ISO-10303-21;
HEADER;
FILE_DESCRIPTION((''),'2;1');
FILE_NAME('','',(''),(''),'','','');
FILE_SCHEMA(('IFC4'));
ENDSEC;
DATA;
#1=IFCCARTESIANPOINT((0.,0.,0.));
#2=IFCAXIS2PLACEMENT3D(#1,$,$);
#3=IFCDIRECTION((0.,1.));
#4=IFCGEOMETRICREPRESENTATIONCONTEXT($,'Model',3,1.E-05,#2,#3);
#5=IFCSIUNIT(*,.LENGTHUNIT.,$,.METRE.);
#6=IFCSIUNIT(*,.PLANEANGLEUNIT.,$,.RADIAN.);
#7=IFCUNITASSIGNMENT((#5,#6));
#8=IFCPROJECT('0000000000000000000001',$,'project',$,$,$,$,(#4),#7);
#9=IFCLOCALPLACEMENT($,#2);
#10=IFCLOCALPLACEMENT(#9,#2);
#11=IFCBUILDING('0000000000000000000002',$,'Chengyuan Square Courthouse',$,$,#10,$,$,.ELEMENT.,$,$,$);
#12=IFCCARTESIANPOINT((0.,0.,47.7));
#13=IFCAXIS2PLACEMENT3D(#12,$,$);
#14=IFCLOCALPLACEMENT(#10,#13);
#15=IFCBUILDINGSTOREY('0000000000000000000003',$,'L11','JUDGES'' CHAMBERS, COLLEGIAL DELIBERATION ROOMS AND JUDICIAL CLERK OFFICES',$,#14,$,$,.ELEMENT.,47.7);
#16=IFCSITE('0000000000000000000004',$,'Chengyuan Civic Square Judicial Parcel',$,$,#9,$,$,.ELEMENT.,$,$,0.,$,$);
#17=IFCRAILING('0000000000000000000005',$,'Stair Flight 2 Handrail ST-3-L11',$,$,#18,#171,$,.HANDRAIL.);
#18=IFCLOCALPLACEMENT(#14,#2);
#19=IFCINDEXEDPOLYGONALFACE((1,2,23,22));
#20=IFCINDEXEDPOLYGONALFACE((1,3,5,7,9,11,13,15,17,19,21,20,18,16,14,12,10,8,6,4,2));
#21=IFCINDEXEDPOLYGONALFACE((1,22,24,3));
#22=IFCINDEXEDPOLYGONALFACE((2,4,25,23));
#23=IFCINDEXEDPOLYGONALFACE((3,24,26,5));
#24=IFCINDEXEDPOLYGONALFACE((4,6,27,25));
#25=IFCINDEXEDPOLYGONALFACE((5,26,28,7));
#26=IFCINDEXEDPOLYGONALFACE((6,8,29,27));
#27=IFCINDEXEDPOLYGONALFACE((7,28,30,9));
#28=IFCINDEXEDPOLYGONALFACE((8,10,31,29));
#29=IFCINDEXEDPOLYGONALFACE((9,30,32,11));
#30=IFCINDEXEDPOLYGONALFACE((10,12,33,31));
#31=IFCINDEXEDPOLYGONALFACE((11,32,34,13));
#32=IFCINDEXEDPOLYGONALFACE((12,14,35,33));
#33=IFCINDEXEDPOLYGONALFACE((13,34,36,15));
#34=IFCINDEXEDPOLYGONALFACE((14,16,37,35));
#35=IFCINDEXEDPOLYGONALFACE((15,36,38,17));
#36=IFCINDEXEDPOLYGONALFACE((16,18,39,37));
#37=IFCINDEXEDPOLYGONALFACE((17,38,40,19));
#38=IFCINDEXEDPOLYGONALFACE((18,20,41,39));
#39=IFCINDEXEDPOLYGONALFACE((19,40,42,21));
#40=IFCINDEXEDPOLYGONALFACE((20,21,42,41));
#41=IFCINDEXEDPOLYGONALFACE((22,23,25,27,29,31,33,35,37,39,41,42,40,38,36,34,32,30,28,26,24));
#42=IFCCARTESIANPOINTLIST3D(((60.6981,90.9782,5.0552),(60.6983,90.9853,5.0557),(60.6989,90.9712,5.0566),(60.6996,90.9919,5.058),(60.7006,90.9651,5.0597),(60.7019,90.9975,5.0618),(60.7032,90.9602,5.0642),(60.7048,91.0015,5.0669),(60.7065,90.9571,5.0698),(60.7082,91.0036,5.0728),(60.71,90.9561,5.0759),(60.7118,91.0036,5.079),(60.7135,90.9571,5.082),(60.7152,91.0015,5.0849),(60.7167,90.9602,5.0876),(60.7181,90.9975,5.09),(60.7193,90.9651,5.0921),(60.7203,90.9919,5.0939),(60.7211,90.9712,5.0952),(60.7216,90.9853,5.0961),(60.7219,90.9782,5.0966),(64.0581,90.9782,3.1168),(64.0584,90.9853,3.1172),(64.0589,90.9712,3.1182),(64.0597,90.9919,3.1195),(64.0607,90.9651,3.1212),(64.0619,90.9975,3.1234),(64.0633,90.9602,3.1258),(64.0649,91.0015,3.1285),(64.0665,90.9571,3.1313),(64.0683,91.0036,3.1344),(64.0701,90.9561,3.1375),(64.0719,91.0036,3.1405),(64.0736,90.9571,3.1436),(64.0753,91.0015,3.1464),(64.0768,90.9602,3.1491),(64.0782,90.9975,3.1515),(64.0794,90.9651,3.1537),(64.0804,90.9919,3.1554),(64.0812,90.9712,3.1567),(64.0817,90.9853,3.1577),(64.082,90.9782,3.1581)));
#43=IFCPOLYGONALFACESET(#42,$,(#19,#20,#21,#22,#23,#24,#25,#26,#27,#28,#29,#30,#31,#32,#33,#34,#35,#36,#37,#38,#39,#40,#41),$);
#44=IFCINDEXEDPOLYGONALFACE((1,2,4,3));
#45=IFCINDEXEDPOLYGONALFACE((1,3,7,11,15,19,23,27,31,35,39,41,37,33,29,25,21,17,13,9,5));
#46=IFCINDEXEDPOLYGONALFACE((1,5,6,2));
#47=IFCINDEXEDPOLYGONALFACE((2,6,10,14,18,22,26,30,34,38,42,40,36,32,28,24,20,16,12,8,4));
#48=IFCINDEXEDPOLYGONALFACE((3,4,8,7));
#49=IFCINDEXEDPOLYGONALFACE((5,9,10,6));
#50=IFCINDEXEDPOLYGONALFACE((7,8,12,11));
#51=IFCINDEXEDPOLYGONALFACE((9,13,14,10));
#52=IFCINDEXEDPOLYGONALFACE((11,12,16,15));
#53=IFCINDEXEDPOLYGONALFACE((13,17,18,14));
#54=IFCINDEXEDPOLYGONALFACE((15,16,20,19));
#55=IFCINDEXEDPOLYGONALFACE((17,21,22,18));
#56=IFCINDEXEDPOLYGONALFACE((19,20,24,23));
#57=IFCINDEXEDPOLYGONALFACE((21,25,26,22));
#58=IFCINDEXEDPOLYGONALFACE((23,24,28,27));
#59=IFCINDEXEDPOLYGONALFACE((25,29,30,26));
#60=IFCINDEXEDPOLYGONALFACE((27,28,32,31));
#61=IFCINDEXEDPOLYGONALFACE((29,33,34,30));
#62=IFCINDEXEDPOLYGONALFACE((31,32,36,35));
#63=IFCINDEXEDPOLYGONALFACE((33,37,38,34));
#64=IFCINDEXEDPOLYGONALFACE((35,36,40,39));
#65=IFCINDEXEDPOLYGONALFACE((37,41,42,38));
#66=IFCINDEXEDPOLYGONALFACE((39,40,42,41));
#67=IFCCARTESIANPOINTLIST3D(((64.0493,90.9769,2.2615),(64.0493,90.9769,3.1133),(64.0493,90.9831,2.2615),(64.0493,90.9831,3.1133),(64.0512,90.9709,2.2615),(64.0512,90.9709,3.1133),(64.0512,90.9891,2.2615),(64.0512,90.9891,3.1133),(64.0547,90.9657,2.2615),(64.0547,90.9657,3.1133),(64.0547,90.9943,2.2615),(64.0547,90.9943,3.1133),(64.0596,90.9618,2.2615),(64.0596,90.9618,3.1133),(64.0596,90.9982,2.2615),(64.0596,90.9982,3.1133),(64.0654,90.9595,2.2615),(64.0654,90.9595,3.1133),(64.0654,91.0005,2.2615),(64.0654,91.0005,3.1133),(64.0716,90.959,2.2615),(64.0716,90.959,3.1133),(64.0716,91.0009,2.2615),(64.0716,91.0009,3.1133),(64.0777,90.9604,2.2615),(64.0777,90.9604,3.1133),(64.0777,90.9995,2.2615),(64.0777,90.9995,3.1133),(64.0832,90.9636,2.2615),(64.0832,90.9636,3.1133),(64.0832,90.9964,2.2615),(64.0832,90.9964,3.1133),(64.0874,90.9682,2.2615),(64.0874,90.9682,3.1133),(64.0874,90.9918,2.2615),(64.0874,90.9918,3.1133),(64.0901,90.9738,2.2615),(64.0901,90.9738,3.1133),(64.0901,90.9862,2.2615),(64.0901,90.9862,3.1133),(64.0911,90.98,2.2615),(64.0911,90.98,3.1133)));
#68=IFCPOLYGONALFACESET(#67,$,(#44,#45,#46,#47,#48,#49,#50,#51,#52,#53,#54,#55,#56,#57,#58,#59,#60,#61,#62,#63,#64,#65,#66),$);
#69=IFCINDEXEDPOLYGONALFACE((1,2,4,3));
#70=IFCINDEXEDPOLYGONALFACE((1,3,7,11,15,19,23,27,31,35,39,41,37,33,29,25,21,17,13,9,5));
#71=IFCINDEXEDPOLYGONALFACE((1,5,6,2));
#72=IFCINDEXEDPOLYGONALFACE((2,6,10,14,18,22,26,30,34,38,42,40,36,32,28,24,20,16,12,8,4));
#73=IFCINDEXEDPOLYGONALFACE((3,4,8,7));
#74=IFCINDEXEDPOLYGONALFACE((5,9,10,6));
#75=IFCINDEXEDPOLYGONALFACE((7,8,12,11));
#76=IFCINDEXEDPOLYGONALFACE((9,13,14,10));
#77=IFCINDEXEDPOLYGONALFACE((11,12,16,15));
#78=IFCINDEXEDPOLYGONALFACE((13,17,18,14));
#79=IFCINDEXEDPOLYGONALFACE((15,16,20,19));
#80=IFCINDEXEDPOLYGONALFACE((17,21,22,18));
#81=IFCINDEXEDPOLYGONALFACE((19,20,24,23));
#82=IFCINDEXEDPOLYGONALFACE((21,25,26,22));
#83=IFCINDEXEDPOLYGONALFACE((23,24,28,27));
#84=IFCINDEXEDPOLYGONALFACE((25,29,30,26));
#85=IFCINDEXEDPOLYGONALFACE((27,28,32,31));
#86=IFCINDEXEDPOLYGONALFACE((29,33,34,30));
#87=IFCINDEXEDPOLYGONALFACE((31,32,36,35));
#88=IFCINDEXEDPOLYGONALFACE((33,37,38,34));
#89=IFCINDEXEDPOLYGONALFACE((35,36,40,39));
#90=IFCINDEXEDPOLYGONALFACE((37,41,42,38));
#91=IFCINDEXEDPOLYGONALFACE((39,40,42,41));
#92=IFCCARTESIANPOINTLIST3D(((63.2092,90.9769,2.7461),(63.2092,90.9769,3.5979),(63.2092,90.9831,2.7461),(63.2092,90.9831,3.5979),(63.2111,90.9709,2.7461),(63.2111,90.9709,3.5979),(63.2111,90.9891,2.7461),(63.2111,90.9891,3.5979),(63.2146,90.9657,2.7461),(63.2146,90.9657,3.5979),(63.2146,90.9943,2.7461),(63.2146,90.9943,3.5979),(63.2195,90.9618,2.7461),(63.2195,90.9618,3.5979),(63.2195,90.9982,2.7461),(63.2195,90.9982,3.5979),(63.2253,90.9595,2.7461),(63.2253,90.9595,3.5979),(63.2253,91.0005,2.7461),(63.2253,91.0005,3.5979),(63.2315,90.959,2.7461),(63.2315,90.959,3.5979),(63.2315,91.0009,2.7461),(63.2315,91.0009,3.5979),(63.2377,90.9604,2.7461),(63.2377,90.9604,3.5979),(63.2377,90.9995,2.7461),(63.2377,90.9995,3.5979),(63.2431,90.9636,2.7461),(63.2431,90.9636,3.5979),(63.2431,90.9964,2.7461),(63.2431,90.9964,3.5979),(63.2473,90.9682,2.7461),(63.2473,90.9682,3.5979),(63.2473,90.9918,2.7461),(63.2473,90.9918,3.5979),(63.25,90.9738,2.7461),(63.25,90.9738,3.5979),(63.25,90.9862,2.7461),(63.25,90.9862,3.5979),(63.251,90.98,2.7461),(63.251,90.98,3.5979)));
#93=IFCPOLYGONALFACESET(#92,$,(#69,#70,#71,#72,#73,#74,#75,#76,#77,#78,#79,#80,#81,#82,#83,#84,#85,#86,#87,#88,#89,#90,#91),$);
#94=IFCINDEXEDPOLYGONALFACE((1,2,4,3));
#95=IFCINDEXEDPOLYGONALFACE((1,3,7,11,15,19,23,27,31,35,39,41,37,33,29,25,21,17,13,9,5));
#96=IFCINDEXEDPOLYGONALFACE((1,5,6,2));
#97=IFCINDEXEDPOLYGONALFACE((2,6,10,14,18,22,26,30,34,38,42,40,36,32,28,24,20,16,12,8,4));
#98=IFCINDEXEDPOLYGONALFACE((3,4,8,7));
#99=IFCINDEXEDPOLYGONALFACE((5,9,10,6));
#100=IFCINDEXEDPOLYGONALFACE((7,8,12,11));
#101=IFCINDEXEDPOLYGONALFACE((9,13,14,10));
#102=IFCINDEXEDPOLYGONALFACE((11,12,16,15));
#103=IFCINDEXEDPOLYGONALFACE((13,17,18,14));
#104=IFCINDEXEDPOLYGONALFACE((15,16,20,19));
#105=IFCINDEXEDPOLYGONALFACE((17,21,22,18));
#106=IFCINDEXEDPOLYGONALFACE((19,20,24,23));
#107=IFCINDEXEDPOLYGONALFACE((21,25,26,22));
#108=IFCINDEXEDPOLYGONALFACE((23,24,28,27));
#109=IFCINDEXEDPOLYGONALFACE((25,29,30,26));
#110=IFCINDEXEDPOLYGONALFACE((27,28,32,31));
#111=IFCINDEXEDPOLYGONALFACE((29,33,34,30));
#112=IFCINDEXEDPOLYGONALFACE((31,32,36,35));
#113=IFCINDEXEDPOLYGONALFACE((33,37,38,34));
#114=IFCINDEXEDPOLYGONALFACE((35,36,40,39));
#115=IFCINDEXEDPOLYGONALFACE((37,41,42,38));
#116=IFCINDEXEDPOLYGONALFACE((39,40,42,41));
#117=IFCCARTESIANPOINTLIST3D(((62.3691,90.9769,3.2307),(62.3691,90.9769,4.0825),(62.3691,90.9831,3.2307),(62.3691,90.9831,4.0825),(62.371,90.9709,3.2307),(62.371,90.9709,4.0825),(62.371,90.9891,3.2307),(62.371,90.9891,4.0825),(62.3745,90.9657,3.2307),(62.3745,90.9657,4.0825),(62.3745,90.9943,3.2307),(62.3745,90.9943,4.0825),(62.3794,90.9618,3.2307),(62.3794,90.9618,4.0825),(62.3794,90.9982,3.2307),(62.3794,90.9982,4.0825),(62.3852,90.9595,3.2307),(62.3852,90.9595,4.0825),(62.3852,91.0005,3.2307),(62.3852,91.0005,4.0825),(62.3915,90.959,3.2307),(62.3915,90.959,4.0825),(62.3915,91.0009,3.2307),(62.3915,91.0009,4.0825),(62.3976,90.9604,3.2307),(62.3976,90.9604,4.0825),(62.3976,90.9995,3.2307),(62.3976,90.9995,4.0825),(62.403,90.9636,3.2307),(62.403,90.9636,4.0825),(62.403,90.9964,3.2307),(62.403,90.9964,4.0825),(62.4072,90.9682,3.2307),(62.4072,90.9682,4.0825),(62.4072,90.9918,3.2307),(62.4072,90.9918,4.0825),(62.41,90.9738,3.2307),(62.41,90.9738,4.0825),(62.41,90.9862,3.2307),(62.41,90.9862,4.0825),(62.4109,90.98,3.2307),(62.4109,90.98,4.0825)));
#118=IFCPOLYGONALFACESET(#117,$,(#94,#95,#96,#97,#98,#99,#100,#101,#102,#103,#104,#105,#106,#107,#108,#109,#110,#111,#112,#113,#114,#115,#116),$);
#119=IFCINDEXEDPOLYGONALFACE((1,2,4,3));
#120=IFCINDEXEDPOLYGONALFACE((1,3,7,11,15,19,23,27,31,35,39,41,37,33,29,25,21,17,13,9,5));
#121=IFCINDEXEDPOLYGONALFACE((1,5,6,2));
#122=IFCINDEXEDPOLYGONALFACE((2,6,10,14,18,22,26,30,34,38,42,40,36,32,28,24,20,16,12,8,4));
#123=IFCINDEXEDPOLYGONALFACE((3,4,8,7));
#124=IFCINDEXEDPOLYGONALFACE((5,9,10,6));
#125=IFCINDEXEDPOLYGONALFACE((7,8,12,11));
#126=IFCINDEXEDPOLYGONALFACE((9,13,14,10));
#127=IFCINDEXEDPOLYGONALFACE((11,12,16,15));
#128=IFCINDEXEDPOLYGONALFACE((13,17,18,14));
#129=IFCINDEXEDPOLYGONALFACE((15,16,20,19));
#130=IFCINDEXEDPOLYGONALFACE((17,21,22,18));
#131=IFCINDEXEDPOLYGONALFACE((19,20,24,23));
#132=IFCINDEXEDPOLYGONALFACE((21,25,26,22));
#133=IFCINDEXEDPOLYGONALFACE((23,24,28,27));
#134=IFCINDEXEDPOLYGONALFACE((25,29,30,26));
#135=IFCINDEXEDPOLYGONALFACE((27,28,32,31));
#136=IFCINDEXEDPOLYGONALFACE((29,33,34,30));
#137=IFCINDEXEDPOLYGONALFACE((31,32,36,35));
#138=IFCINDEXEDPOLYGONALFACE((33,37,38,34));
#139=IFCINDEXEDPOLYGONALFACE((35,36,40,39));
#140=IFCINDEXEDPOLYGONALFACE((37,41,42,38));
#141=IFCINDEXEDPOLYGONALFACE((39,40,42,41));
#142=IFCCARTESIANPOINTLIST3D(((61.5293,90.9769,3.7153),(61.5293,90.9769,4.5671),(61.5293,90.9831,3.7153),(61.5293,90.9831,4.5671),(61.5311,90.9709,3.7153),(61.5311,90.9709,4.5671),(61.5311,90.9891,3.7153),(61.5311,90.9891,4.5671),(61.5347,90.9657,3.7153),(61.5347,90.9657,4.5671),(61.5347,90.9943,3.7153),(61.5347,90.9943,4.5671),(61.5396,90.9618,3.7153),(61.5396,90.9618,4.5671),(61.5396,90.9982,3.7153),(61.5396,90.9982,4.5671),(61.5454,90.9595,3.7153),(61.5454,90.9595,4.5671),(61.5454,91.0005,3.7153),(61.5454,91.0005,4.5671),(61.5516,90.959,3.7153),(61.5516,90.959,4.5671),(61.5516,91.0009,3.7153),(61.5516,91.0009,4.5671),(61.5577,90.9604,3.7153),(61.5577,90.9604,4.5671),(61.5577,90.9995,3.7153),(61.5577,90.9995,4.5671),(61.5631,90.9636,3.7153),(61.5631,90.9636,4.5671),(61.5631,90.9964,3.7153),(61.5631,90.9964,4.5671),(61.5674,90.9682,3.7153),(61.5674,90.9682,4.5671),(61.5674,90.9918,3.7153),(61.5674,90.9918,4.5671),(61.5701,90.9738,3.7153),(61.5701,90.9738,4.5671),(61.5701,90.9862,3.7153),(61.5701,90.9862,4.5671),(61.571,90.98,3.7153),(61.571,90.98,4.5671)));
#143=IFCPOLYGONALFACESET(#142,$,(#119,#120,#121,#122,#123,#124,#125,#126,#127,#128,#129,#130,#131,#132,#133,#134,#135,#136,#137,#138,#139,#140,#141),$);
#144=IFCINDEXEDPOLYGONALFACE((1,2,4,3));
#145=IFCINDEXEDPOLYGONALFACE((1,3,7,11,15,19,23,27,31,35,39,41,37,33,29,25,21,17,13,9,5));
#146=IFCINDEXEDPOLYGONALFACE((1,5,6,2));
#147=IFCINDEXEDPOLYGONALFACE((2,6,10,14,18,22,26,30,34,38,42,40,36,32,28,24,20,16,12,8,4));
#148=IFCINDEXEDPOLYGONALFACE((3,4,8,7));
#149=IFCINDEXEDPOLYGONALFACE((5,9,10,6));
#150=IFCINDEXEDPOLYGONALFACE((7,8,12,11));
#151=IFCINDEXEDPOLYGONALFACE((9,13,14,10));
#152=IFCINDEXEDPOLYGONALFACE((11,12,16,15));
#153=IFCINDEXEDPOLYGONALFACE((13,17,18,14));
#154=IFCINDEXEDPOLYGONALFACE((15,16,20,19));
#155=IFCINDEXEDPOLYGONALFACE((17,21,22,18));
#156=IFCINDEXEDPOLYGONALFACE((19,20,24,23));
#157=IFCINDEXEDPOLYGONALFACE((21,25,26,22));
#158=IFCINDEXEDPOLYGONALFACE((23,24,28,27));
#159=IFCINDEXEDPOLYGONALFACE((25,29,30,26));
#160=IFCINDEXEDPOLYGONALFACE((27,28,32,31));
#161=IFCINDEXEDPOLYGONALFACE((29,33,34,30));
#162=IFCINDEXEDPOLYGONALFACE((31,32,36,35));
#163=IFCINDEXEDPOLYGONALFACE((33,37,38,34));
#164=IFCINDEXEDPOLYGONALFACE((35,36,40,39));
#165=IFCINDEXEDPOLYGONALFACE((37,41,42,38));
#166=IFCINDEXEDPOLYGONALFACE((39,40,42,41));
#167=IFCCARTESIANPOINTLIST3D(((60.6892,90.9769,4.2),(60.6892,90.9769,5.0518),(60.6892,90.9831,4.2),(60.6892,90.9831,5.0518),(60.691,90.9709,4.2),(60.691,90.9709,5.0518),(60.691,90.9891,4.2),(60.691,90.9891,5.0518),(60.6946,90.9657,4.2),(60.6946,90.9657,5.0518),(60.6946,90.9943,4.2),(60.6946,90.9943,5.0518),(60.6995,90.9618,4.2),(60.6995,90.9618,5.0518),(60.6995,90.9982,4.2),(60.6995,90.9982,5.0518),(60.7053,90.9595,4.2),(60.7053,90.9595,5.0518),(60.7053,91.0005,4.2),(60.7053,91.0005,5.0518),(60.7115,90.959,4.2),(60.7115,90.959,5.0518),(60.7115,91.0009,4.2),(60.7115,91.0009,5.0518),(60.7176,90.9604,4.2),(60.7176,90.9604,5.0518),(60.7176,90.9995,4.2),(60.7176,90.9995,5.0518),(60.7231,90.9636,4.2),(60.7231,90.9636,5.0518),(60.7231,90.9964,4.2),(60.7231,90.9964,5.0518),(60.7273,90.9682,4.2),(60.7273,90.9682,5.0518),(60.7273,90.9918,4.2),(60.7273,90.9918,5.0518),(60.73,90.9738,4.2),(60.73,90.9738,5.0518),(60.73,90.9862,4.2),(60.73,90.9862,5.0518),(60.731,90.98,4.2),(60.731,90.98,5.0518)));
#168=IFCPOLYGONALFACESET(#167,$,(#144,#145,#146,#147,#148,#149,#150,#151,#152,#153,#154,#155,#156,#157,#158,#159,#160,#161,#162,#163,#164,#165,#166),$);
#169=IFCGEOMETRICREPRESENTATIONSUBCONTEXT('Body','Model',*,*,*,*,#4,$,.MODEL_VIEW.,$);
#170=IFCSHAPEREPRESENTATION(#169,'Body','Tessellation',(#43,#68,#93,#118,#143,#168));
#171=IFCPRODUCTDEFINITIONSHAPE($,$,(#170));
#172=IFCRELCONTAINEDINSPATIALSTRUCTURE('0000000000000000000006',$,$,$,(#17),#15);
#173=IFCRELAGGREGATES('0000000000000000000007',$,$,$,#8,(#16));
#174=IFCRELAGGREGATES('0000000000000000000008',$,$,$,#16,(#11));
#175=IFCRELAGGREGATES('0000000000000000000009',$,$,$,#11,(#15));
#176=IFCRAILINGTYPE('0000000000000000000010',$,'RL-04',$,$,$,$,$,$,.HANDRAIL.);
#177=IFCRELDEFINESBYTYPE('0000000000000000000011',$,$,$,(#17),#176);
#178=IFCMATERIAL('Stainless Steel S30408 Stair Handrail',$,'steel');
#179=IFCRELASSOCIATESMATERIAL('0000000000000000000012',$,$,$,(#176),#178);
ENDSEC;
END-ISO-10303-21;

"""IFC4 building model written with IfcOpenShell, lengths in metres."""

from ifc_helpers import new_model, si_unit, direction, frame, origin, origin_2d, place, context, subcontext, project, spatial, circle, extrude, material, type_object, element, save


model = new_model("IFC4")

# Units and contexts
model_context = context("Model", 3, precision=1e-05, world=origin(), true_north=direction((0.0, 1.0)))
body_context = subcontext(model_context, "Body", "Model", "MODEL_VIEW")
ifc_project = project(units=[si_unit("LENGTHUNIT", "METRE"), si_unit("PLANEANGLEUNIT", "RADIAN")], contexts=[model_context])

# Site, building, storey
site_placement = place(None, origin())
site = spatial("IfcSite", under=ifc_project, at=site_placement, Name="Chengyuan Civic Square Judicial Parcel", CompositionType="ELEMENT", RefElevation=0.0)
building_placement = place(site_placement, origin())
building = spatial("IfcBuilding", under=site, at=building_placement, Name="Chengyuan Square Courthouse", CompositionType="ELEMENT")
storey_placement = place(building_placement, frame((0.0, 0.0, 47.7)))
storey = spatial("IfcBuildingStorey", under=building, at=storey_placement, Name="L11", Description="JUDGES' CHAMBERS, COLLEGIAL DELIBERATION ROOMS AND JUDICIAL CLERK OFFICES", CompositionType="ELEMENT", Elevation=47.7)

# Railing
ifc_material_1 = material(Name="Stainless Steel S30408 Stair Handrail", Category="steel")
railing_type_1 = type_object("IfcRailingType", Name="RL-04", PredefinedType="HANDRAIL", material=ifc_material_1)
for number, where, name in (
    (1, (64.0701, 90.98, 2.2615), "Stair Flight 2 Handrail ST-3-L11"),
):
    element("IfcRailing", number, at=place(storey_placement, frame(where)), inside=storey, type_object=railing_type_1, Name=name, PredefinedType="HANDRAIL", context=body_context, shape_type="SweptSolid", body=[
        extrude(circle(Radius=0.0239, at=origin_2d()), frame((0.0, 0.0, 0.876), z_axis=(-0.866191, 0.0, 0.499713), x_axis=(0.0, -1.0, 0.0)), (0.0, 0.0, 1.0), 3.8792),
        extrude(circle(Radius=0.021, at=origin_2d()), origin(), (0.0, 0.0, 1.0), 0.8518),
        extrude(circle(Radius=0.021, at=origin_2d()), frame((-0.8401, 0.0, 0.4846)), (0.0, 0.0, 1.0), 0.8518),
        extrude(circle(Radius=0.021, at=origin_2d()), frame((-1.6802, 0.0, 0.9692)), (0.0, 0.0, 1.0), 0.8518),
        extrude(circle(Radius=0.021, at=origin_2d()), frame((-2.52, 0.0, 1.4539)), (0.0, 0.0, 1.0), 0.8518),
        extrude(circle(Radius=0.021, at=origin_2d()), frame((-3.3601, 0.0, 1.9385)), (0.0, 0.0, 1.0), 0.8518),
    ])

save(model, "model.ifc")
